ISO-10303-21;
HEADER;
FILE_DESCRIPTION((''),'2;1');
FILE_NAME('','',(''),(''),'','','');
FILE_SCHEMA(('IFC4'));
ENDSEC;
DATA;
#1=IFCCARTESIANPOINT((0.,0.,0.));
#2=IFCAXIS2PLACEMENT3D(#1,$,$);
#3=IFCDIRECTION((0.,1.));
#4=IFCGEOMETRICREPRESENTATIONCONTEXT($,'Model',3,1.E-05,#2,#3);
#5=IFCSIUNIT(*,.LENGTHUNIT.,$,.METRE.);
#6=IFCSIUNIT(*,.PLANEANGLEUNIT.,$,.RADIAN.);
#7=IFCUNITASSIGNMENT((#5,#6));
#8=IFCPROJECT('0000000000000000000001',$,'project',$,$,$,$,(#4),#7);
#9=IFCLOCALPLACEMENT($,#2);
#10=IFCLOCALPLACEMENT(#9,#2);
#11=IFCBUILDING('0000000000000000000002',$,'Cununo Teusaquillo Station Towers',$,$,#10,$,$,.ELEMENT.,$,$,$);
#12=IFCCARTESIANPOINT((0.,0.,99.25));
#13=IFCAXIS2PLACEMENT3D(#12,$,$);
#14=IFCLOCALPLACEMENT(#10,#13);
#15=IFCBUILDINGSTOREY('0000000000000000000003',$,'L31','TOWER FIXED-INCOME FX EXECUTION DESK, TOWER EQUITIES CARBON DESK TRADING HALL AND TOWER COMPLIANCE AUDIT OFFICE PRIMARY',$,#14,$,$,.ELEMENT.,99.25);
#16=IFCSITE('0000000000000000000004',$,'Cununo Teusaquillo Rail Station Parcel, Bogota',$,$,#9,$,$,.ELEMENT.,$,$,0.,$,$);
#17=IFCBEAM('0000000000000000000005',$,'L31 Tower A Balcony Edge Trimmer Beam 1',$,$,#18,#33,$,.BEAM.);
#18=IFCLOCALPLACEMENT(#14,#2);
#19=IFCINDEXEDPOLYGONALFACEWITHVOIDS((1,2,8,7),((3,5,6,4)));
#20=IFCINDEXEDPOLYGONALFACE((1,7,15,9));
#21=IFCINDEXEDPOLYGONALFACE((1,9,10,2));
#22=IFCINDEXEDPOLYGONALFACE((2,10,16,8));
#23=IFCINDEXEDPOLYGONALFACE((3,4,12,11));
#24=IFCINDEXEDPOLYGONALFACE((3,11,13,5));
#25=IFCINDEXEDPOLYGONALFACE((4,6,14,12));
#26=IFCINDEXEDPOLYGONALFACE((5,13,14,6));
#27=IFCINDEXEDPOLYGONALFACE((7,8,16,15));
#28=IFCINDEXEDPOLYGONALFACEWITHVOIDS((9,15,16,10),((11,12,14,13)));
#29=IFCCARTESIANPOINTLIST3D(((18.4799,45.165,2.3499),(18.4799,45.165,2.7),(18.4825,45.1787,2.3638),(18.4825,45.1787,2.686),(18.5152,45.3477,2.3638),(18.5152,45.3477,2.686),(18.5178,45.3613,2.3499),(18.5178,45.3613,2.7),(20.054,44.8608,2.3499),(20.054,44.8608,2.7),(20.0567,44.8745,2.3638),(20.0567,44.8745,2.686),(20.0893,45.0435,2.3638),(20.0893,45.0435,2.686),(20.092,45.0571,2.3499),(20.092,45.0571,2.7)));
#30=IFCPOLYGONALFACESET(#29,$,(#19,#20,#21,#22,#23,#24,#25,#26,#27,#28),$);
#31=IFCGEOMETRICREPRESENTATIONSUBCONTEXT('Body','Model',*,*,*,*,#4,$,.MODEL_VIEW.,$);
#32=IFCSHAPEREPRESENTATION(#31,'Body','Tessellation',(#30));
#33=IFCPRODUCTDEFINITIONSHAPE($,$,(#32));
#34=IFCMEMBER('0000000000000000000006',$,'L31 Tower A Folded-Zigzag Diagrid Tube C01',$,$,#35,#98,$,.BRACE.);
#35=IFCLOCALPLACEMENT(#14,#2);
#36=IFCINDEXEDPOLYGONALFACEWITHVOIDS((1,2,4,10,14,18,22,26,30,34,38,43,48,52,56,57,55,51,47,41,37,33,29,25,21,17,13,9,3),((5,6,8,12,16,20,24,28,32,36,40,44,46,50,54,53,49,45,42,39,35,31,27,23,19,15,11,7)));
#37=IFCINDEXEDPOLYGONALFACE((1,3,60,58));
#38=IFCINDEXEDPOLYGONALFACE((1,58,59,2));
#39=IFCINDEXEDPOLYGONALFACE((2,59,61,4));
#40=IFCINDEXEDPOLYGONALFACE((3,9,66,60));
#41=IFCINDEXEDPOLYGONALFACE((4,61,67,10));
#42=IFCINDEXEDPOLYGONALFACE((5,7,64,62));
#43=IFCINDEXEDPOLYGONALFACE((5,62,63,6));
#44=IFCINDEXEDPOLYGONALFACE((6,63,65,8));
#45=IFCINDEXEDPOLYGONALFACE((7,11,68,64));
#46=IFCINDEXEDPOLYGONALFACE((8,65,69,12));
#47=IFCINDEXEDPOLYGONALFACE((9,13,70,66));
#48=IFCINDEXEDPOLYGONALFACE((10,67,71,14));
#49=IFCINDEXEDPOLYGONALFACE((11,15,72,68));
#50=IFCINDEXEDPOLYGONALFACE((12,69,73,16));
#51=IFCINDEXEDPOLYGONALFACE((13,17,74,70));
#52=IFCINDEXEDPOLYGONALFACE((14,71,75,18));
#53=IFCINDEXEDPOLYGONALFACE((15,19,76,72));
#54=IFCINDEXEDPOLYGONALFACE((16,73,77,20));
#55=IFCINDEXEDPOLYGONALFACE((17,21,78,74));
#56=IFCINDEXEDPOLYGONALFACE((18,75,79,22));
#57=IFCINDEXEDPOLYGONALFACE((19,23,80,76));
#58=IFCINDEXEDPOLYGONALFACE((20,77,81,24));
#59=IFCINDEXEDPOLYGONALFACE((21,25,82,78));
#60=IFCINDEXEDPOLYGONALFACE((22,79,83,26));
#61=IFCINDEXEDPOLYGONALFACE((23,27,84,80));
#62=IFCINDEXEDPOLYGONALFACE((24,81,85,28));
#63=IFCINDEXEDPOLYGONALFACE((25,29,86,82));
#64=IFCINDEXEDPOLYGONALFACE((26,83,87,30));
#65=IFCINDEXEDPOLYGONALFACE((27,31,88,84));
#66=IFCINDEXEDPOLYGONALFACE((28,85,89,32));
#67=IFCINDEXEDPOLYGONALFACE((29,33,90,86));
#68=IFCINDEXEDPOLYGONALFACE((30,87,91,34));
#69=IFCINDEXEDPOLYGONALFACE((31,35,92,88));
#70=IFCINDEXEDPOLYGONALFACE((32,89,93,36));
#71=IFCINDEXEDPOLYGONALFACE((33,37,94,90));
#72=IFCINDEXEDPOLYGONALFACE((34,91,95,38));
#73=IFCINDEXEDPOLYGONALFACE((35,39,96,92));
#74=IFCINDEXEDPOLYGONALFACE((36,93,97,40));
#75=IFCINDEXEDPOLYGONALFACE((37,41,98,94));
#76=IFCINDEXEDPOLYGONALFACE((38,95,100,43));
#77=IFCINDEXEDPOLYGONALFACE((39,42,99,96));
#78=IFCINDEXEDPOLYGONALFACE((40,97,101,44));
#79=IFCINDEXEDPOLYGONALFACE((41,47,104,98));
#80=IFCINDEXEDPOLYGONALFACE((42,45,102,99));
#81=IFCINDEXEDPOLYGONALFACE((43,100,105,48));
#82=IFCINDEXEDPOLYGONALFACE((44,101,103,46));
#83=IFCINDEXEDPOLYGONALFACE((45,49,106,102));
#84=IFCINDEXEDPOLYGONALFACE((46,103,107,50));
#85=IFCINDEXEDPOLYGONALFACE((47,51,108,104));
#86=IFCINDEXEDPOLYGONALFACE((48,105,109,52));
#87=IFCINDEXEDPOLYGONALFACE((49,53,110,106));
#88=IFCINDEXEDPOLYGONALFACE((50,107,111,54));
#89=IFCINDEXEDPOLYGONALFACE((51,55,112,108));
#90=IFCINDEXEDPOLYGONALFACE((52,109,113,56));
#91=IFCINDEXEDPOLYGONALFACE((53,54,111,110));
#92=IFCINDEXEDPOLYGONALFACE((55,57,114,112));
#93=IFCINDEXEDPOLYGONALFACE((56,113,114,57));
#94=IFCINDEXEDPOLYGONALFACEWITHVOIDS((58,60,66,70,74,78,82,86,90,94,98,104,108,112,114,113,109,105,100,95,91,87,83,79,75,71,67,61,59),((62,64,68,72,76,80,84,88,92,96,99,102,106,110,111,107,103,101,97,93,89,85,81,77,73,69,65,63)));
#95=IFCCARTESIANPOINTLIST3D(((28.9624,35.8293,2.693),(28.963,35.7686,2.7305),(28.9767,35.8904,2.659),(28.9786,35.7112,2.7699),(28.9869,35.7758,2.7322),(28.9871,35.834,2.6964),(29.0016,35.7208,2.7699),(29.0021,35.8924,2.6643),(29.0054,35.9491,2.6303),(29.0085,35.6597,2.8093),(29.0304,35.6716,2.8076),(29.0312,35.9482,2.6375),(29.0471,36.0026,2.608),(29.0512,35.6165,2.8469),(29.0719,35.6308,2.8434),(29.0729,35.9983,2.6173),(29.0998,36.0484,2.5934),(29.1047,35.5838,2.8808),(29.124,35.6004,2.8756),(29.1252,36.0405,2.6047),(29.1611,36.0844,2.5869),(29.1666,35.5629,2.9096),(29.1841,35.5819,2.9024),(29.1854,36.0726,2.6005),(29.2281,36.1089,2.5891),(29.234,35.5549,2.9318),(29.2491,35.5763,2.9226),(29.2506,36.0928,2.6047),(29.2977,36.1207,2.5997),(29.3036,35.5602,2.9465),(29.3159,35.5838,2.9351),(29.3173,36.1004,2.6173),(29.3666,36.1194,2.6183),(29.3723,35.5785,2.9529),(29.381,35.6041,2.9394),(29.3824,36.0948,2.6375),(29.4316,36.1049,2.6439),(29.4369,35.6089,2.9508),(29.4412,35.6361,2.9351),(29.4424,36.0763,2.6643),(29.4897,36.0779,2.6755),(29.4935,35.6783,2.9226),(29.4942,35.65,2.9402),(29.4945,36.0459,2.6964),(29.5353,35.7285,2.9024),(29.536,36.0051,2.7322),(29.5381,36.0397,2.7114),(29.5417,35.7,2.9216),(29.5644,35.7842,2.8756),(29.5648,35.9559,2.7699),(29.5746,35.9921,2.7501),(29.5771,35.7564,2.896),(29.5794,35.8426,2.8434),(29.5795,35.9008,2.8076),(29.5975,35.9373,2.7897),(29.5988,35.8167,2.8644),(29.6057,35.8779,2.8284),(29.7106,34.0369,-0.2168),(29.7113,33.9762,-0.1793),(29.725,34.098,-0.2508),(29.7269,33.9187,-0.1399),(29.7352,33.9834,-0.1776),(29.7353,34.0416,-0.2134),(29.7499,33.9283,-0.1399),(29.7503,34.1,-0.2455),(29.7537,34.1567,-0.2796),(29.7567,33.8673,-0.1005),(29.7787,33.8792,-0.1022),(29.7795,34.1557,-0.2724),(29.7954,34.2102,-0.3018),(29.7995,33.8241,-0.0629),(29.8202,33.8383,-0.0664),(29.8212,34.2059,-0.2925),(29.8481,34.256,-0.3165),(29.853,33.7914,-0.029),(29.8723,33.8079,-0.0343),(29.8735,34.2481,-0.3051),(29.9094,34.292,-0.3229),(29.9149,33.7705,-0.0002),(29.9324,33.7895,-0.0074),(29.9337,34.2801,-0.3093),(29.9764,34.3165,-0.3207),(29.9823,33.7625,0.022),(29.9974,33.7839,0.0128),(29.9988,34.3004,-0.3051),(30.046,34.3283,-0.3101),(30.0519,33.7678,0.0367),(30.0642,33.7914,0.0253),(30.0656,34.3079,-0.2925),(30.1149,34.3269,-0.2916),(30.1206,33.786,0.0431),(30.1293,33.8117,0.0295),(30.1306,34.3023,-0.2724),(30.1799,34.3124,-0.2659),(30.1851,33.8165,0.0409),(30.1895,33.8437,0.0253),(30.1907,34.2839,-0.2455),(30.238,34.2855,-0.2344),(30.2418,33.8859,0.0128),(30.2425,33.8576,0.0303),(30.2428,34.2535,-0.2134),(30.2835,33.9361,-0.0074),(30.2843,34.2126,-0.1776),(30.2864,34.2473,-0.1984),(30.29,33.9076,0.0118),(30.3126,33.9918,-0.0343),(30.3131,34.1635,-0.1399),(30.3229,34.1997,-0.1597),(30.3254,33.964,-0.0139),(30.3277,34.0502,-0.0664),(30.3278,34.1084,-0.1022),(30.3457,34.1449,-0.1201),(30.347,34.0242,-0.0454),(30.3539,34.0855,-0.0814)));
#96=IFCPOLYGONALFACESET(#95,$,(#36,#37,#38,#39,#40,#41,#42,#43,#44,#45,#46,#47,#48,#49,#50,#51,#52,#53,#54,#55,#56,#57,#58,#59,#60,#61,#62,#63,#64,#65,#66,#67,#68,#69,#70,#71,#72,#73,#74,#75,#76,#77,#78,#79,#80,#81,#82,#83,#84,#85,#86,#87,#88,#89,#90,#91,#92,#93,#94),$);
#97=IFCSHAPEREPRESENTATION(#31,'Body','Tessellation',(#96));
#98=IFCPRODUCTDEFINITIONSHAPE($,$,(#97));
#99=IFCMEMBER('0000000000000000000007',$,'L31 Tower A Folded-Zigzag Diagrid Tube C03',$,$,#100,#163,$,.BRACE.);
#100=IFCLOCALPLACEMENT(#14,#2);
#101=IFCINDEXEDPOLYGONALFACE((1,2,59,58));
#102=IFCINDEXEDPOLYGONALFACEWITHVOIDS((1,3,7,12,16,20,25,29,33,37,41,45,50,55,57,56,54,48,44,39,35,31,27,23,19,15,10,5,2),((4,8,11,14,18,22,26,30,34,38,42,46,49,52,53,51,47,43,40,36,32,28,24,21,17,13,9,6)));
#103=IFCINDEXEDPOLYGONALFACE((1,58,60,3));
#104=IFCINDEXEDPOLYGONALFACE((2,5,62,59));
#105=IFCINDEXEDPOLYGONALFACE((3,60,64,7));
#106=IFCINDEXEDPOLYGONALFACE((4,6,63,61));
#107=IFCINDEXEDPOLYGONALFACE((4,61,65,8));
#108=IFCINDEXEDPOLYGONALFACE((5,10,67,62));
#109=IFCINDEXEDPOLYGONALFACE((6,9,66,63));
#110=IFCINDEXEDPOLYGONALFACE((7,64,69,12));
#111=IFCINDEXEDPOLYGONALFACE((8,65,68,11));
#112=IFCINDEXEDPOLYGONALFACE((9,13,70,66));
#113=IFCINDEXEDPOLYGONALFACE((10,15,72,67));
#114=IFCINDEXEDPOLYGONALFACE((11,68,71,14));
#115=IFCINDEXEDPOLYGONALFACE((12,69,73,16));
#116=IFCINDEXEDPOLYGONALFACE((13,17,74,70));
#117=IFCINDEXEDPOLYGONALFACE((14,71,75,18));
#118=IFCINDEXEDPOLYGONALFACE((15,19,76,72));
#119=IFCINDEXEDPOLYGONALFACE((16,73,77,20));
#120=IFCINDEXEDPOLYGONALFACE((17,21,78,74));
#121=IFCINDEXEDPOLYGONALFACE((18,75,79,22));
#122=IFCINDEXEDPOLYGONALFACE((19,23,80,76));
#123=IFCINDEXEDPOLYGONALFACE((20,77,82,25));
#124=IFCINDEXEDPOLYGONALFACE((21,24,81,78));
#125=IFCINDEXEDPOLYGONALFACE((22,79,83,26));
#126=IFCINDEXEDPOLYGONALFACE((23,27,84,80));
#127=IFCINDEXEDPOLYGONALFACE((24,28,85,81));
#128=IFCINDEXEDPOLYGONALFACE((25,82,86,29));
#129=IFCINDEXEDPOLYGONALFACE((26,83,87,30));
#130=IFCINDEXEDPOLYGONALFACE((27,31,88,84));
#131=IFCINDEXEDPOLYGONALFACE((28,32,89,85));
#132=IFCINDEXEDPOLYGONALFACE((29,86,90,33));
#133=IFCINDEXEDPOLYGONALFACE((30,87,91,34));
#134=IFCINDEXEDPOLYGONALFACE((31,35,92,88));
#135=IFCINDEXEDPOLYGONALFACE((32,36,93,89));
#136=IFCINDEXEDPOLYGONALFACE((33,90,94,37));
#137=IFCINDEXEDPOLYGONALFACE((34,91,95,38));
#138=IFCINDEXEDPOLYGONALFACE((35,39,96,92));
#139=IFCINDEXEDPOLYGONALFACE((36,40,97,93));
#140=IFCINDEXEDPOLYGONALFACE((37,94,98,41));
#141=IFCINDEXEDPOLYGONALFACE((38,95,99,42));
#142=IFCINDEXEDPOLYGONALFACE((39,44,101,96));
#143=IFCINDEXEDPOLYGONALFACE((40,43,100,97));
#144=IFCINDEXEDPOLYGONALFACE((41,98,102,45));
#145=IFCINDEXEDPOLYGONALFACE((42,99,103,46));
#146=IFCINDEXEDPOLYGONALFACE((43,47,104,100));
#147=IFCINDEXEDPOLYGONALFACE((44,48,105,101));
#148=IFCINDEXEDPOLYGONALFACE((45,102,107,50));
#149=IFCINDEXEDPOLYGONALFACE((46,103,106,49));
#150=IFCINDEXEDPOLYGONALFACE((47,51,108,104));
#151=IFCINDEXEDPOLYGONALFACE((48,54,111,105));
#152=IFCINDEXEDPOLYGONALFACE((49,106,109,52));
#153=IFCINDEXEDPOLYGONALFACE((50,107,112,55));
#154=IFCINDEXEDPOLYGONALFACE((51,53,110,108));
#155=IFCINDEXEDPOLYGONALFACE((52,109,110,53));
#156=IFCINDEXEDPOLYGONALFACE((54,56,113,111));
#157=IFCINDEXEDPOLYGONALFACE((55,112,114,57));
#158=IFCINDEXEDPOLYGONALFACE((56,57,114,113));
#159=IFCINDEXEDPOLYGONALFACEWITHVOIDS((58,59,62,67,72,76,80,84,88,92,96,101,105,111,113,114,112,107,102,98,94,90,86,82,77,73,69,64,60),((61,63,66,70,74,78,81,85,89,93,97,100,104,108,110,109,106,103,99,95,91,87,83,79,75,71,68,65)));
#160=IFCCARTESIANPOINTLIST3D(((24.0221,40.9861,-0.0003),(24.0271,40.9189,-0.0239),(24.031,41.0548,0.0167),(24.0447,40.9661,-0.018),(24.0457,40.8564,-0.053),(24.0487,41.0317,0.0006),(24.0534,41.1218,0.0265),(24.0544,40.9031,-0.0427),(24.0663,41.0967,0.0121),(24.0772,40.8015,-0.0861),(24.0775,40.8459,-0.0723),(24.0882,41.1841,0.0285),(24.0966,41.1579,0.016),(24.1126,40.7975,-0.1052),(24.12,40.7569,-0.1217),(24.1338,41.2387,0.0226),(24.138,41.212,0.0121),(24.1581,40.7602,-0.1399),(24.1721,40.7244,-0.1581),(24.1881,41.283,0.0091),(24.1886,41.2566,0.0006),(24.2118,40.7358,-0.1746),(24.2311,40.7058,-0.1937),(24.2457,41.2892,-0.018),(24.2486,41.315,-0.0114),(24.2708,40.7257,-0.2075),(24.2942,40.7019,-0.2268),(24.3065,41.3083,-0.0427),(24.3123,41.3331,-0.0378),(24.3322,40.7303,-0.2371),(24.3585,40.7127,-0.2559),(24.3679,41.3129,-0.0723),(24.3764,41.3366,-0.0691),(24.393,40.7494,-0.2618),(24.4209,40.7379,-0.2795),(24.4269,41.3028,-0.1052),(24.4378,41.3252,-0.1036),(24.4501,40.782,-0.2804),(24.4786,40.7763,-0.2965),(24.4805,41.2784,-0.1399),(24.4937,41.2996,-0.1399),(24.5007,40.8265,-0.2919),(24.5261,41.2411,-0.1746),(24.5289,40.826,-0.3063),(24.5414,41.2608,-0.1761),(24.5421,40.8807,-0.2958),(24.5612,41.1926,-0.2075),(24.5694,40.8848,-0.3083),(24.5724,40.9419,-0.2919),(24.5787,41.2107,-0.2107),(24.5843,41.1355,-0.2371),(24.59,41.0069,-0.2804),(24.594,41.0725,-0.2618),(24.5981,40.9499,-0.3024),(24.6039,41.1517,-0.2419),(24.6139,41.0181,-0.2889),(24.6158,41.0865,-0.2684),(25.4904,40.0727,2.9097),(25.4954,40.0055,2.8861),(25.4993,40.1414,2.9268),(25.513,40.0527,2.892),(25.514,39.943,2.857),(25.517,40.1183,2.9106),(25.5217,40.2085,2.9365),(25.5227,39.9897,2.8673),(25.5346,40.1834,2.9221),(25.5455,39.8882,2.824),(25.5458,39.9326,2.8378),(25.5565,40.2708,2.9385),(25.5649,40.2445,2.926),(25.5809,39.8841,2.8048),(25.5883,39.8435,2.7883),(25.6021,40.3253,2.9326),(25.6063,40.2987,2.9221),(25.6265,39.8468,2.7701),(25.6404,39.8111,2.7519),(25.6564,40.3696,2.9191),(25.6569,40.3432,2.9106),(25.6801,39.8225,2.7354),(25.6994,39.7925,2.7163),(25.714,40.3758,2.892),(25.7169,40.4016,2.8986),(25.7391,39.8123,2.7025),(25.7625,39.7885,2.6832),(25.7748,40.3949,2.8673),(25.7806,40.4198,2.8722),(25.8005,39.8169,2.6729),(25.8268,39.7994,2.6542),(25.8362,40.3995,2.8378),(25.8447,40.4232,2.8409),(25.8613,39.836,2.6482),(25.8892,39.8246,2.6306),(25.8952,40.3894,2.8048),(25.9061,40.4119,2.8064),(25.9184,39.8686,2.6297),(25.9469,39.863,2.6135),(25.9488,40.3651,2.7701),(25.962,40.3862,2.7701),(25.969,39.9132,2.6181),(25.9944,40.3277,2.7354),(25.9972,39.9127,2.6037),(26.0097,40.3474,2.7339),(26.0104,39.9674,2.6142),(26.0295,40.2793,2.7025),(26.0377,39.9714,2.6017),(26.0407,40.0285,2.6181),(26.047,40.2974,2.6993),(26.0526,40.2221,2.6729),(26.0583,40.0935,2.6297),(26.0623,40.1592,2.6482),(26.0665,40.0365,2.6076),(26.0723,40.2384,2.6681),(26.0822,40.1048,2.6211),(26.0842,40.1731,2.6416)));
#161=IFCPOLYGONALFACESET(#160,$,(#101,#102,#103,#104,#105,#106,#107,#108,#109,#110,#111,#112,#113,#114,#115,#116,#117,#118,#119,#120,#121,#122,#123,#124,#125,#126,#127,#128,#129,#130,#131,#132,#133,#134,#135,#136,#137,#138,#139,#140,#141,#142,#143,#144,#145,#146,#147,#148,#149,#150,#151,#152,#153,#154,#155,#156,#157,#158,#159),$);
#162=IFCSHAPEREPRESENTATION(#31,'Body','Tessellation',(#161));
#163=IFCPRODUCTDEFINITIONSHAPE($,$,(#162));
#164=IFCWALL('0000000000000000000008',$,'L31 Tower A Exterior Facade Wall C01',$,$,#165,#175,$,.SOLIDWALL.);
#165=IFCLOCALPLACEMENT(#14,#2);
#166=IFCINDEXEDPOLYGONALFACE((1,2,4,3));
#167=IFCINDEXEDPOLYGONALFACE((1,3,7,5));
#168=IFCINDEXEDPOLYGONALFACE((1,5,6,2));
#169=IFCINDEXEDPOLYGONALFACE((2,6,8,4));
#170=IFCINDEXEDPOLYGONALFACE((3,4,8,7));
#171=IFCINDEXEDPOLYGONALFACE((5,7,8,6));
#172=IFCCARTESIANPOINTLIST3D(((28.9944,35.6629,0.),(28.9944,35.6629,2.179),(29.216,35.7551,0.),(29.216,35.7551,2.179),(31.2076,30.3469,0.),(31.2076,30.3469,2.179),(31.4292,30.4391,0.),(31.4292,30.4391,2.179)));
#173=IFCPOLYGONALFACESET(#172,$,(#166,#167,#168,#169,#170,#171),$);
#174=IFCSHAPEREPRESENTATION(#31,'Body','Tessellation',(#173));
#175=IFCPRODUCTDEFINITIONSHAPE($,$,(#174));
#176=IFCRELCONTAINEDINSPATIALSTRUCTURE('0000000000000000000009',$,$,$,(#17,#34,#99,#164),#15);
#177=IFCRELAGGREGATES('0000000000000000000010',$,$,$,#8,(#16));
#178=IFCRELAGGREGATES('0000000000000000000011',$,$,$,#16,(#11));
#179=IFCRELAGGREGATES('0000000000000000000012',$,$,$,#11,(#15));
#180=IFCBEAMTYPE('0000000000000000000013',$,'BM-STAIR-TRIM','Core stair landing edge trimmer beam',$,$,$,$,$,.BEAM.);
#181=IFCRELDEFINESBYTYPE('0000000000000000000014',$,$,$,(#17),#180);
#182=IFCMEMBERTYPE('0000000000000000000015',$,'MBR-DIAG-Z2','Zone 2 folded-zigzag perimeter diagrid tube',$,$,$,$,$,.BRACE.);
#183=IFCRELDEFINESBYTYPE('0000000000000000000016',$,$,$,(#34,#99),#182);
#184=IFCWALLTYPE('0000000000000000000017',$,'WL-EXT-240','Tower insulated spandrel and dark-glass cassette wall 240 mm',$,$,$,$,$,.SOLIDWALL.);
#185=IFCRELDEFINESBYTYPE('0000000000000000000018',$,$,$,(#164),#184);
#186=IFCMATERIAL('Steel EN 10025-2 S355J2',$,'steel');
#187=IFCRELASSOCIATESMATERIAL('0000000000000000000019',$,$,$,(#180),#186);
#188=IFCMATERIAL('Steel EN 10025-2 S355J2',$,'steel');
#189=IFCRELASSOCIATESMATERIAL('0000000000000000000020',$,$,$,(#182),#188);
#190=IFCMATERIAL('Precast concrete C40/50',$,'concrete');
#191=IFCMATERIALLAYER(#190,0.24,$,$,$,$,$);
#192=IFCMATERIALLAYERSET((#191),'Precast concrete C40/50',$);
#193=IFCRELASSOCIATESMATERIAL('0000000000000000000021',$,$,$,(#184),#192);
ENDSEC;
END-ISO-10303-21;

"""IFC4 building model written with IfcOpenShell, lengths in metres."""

from ifc_helpers import new_model, si_unit, direction, frame, frame_2d, origin, origin_2d, place, context, subcontext, project, spatial, rectangle, hollow_rectangle, hollow_circle, extrude, material, layer, layer_set, material_profile, profile_set, type_object, element, save


model = new_model("IFC4")

# Units and contexts
model_context = context("Model", 3, precision=1e-05, world=origin(), true_north=direction((0.0, 1.0)))
body_context = subcontext(model_context, "Body", "Model", "MODEL_VIEW")
ifc_project = project(units=[si_unit("LENGTHUNIT", "METRE"), si_unit("PLANEANGLEUNIT", "RADIAN")], contexts=[model_context])

# Site, building, storey
site_placement = place(None, origin())
site = spatial("IfcSite", under=ifc_project, at=site_placement, Name="Cununo Teusaquillo Rail Station Parcel, Bogota", CompositionType="ELEMENT", RefElevation=0.0)
building_placement = place(site_placement, origin())
building = spatial("IfcBuilding", under=site, at=building_placement, Name="Cununo Teusaquillo Station Towers", CompositionType="ELEMENT")
storey_placement = place(building_placement, frame((0.0, 0.0, 99.25)))
storey = spatial("IfcBuildingStorey", under=building, at=storey_placement, Name="L31", Description="TOWER FIXED-INCOME FX EXECUTION DESK, TOWER EQUITIES CARBON DESK TRADING HALL AND TOWER COMPLIANCE AUDIT OFFICE PRIMARY", CompositionType="ELEMENT", Elevation=99.25)

# Beam
ifc_material_1 = material(Name="Steel EN 10025-2 S355J2", Category="steel")
ifc_material_profile_1 = material_profile(ifc_material_1, hollow_rectangle(XDim=0.2, YDim=0.3501, WallThickness=0.0139, at=origin_2d()), Name="RHS 350x200x14")
ifc_profile_set_1 = profile_set([ifc_material_profile_1], Name="Steel EN 10025-2 S355J2")
beam_type_1 = type_object("IfcBeamType", Name="BM-STAIR-TRIM", Description="Core stair landing edge trimmer beam", PredefinedType="BEAM", material=ifc_profile_set_1)
beam_1_placement = place(storey_placement, frame((20.073, 44.959, 2.5249), z_axis=(-0.981837, 0.189728, 0.0), x_axis=(-0.189728, -0.981837, 0.0)))
element("IfcBeam", 1, at=beam_1_placement, inside=storey, type_object=beam_type_1, Name="L31 Tower A Balcony Edge Trimmer Beam 1", PredefinedType="BEAM", context=body_context, shape_type="SweptSolid", body=[
    extrude(hollow_rectangle(XDim=0.2, YDim=0.3501, WallThickness=0.0139, at=origin_2d()), origin(), (0.0, 0.0, 1.0), 1.6033),
])

# Members
ifc_material_2 = material(Name="Steel EN 10025-2 S355J2", Category="steel")
ifc_material_profile_2 = material_profile(ifc_material_2, hollow_circle(Radius=0.3301, WallThickness=0.0249, at=origin_2d()), Name="CHS 660x25")
ifc_profile_set_2 = profile_set([ifc_material_profile_2], Name="Steel EN 10025-2 S355J2")
member_type = type_object("IfcMemberType", Name="MBR-DIAG-Z2", Description="Zone 2 folded-zigzag perimeter diagrid tube", PredefinedType="BRACE", material=ifc_profile_set_2)
member_1_placement = place(storey_placement, frame((30.0315, 34.0459, -0.1399), z_axis=(-0.21388, 0.512336, 0.831726), x_axis=(-0.922816, -0.38524, 0.0)))
element("IfcMember", 2, at=member_1_placement, inside=storey, type_object=member_type, Name="L31 Tower A Folded-Zigzag Diagrid Tube C01", PredefinedType="BRACE", context=body_context, shape_type="SweptSolid", body=[
    extrude(hollow_circle(Radius=0.3301, WallThickness=0.0249, at=origin_2d()), origin(), (0.0, 0.0, 1.0), 3.4985),
])
member_2_placement = place(storey_placement, frame((24.3193, 41.0193, -0.1399), z_axis=(0.433768, -0.269825, 0.859674), x_axis=(0.528196, 0.849123, 0.0)))
element("IfcMember", 3, at=member_2_placement, inside=storey, type_object=member_type, Name="L31 Tower A Folded-Zigzag Diagrid Tube C03", PredefinedType="BRACE", context=body_context, shape_type="SweptSolid", body=[
    extrude(hollow_circle(Radius=0.3301, WallThickness=0.0249, at=origin_2d()), origin(), (0.0, 0.0, 1.0), 3.385),
])

# Wall
ifc_material_3 = material(Name="Precast concrete C40/50", Category="concrete")
ifc_layer_1 = layer(ifc_material_3, 0.24)
ifc_layer_set_1 = layer_set([ifc_layer_1], Name="Precast concrete C40/50")
wall_type_1 = type_object("IfcWallType", Name="WL-EXT-240", Description="Tower insulated spandrel and dark-glass cassette wall 240 mm", PredefinedType="SOLIDWALL", material=ifc_layer_set_1)
wall_1_placement = place(storey_placement, frame((29.1052, 35.709, 0.0), z_axis=(0.0, 0.0, 1.0), x_axis=(0.384344, -0.92319, 0.0)))
element("IfcWall", 4, at=wall_1_placement, inside=storey, type_object=wall_type_1, Name="L31 Tower A Exterior Facade Wall C01", PredefinedType="SOLIDWALL", context=body_context, shape_type="SweptSolid", body=[
    extrude(rectangle(XDim=5.7583, YDim=0.24, at=frame_2d((2.8792, 0.0))), origin(), (0.0, 0.0, 1.0), 2.179),
])

save(model, "model.ifc")
